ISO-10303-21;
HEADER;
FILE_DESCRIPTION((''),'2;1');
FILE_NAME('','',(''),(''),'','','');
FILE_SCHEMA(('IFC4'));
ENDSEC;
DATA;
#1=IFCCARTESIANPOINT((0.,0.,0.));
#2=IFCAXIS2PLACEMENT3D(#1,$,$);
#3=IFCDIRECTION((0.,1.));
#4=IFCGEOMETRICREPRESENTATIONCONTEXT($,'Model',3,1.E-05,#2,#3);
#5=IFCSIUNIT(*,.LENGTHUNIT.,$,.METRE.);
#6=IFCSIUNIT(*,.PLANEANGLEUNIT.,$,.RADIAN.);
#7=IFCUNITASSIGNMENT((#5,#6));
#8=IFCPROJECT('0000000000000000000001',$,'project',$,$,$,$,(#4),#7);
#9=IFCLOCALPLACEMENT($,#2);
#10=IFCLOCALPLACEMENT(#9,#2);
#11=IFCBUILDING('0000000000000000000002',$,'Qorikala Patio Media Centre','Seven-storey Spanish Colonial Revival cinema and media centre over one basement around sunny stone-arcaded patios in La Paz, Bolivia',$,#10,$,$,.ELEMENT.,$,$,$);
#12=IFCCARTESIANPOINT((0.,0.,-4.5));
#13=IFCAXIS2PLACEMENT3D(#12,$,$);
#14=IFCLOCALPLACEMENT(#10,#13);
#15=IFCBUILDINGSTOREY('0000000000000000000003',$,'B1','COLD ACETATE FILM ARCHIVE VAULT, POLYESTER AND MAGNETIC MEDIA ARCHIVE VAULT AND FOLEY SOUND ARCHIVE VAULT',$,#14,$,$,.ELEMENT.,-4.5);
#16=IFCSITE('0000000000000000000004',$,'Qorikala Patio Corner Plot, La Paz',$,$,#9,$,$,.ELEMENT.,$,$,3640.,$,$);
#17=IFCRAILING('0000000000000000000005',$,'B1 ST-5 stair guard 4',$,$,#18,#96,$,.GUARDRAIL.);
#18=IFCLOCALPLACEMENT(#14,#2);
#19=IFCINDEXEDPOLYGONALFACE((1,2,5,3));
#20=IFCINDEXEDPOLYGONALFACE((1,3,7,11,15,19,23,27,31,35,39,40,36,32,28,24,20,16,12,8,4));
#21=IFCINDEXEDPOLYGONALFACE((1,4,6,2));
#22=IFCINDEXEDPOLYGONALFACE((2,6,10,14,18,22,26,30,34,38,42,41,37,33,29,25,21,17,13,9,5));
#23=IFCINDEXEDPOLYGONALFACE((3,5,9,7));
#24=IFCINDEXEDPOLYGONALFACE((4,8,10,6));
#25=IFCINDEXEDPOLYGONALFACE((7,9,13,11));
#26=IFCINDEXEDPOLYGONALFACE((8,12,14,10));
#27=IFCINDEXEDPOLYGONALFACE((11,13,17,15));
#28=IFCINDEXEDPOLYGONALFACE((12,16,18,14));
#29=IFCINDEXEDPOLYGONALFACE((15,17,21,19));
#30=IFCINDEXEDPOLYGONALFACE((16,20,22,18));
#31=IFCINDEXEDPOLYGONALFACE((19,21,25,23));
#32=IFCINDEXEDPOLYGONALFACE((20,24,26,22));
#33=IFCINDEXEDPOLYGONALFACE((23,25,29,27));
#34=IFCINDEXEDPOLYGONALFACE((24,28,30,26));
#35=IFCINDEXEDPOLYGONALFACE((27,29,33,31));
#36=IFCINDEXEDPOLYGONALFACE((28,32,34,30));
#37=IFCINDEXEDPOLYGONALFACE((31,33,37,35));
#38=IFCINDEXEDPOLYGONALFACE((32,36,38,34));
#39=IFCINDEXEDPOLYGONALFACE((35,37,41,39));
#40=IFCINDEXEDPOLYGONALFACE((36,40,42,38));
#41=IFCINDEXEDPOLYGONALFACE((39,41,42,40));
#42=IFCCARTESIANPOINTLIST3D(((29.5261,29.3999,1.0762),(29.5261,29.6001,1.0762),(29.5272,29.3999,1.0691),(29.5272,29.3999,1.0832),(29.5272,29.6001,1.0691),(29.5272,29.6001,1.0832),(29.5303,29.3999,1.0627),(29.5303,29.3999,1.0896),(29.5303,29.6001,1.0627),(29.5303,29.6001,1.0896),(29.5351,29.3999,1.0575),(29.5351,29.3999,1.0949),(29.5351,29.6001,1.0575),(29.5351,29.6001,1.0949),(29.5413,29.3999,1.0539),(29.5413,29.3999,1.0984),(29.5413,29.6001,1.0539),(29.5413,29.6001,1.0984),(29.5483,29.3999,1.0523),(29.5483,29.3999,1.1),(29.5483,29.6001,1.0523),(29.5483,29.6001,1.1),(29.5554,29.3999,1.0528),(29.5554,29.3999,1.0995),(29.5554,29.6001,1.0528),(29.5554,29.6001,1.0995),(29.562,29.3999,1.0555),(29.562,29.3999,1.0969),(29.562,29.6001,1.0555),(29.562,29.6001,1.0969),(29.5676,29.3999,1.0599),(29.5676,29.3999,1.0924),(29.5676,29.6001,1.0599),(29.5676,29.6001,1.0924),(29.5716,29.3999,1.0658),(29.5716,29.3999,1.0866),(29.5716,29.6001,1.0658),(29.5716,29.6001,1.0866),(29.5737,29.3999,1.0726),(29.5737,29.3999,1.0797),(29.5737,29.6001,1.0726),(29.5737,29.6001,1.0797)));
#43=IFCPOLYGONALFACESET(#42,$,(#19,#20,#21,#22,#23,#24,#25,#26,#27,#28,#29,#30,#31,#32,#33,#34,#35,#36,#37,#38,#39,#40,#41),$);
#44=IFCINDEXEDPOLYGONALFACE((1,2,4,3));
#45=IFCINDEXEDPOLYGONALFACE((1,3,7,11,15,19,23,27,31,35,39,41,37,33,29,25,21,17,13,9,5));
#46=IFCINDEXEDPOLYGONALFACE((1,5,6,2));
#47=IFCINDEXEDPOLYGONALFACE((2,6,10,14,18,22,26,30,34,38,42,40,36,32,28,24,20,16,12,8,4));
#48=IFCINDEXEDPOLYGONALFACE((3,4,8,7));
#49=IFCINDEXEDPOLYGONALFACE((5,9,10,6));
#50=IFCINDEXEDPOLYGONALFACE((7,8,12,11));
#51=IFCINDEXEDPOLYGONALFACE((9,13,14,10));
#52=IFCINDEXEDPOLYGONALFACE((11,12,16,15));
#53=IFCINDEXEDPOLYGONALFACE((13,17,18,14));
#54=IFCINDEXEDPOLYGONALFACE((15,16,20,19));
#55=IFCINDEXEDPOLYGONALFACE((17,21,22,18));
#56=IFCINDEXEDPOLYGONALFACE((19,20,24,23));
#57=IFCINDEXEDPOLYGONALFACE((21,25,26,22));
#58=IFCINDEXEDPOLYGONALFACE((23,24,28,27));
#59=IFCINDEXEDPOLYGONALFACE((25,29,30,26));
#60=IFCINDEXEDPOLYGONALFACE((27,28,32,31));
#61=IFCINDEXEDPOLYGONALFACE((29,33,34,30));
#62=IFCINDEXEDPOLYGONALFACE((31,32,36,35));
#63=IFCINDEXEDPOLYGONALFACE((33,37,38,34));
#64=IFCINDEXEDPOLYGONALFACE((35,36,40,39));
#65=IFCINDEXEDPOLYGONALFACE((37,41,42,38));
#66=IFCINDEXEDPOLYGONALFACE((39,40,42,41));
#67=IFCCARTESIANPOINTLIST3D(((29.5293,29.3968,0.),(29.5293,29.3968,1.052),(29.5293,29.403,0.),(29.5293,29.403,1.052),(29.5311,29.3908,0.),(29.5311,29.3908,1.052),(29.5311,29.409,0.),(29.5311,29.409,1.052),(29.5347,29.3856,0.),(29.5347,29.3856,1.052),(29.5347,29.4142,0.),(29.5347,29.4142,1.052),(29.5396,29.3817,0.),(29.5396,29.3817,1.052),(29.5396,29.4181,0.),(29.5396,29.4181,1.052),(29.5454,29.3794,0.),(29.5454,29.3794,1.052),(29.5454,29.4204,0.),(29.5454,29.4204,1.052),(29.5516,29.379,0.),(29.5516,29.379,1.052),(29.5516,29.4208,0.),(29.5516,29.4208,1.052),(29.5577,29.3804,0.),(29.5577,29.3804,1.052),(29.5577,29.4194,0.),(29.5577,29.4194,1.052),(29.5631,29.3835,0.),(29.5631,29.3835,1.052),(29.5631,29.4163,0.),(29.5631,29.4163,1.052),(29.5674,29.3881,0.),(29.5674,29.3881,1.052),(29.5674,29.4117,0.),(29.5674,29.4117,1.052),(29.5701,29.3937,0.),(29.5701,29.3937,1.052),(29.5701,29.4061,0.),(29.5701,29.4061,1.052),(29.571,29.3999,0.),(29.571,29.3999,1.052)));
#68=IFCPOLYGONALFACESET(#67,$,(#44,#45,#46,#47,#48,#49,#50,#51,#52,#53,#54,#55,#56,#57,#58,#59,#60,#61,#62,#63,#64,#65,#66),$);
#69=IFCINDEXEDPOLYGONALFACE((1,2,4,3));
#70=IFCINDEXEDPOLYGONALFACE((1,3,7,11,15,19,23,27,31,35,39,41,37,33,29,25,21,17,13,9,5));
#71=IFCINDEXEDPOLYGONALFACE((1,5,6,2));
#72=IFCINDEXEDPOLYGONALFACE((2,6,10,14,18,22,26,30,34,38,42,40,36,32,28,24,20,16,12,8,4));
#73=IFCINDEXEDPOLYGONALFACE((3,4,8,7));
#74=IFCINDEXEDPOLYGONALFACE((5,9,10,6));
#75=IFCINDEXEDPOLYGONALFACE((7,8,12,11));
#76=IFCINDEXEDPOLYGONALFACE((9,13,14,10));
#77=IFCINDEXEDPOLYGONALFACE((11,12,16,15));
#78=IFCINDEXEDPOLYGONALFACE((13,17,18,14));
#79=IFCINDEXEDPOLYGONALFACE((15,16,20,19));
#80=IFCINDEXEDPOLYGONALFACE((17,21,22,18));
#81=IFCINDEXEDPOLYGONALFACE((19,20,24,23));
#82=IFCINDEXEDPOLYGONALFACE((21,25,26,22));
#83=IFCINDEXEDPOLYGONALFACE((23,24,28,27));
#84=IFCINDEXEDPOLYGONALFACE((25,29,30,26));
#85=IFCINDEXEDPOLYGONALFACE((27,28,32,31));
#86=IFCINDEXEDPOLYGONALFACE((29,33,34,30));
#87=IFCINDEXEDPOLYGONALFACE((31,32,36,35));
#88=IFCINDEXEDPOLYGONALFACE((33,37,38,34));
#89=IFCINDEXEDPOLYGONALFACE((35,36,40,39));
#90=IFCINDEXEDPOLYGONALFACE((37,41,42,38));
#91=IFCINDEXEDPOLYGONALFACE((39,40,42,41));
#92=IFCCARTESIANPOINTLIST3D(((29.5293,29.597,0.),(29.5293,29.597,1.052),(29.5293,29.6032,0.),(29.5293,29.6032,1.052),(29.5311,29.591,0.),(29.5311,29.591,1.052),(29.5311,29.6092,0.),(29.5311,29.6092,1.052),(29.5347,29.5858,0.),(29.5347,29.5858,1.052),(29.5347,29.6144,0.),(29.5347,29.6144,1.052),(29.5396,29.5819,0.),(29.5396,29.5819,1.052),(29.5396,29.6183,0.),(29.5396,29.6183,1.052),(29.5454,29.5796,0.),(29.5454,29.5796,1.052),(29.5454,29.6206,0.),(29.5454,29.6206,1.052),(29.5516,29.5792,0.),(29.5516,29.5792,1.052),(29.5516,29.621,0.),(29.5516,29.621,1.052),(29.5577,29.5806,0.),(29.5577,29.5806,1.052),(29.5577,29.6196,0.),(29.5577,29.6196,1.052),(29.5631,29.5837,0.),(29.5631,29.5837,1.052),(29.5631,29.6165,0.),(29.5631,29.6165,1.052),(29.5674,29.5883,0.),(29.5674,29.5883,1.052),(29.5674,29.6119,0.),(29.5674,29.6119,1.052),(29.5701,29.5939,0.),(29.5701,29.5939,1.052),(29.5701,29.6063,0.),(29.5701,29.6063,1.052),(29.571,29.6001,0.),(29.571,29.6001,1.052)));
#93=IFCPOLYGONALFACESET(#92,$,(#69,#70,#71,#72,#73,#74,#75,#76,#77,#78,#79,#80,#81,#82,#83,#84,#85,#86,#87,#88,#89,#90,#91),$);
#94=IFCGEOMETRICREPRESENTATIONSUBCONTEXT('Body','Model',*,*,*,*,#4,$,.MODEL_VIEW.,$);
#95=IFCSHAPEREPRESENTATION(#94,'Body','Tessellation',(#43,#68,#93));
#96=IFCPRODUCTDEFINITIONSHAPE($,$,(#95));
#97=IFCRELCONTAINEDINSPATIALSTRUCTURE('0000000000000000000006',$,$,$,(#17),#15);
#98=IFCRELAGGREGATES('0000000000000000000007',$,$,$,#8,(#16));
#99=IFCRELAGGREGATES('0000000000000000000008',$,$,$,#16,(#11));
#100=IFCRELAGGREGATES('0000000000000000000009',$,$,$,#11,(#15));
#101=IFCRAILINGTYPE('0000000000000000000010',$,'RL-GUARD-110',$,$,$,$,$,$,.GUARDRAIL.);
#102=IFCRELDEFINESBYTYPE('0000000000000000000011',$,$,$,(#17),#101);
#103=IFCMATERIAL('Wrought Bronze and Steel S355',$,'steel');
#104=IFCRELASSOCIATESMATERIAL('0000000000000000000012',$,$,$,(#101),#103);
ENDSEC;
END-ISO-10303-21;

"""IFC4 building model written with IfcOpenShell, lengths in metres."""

from ifc_helpers import new_model, si_unit, direction, frame, origin, origin_2d, place, context, subcontext, project, spatial, circle, extrude, material, type_object, element, save


model = new_model("IFC4")

# Units and contexts
model_context = context("Model", 3, precision=1e-05, world=origin(), true_north=direction((0.0, 1.0)))
body_context = subcontext(model_context, "Body", "Model", "MODEL_VIEW")
ifc_project = project(units=[si_unit("LENGTHUNIT", "METRE"), si_unit("PLANEANGLEUNIT", "RADIAN")], contexts=[model_context])

# Site, building, storey
site_placement = place(None, origin())
site = spatial("IfcSite", under=ifc_project, at=site_placement, Name="Qorikala Patio Corner Plot, La Paz", CompositionType="ELEMENT", RefElevation=3640.0)
building_placement = place(site_placement, origin())
building = spatial("IfcBuilding", under=site, at=building_placement, Name="Qorikala Patio Media Centre", Description="Seven-storey Spanish Colonial Revival cinema and media centre over one basement around sunny stone-arcaded patios in La Paz, Bolivia", CompositionType="ELEMENT")
storey_placement = place(building_placement, frame((0.0, 0.0, -4.5)))
storey = spatial("IfcBuildingStorey", under=building, at=storey_placement, Name="B1", Description="COLD ACETATE FILM ARCHIVE VAULT, POLYESTER AND MAGNETIC MEDIA ARCHIVE VAULT AND FOLEY SOUND ARCHIVE VAULT", CompositionType="ELEMENT", Elevation=-4.5)

# Railing
ifc_material_1 = material(Name="Wrought Bronze and Steel S355", Category="steel")
railing_type_1 = type_object("IfcRailingType", Name="RL-GUARD-110", PredefinedType="GUARDRAIL", material=ifc_material_1)
railing_1_placement = place(storey_placement, frame((29.55, 29.3999, 0.0)))
element("IfcRailing", 1, at=railing_1_placement, inside=storey, type_object=railing_type_1, Name="B1 ST-5 stair guard 4", PredefinedType="GUARDRAIL", context=body_context, shape_type="SweptSolid", body=[
    extrude(circle(Radius=0.0239, at=origin_2d()), frame((0.0, 0.0, 1.0762), z_axis=(0.0, 1.0, 0.0), x_axis=(-1.0, 0.0, 0.0)), (0.0, 0.0, 1.0), 0.2002),
    extrude(circle(Radius=0.021, at=origin_2d()), origin(), (0.0, 0.0, 1.0), 1.052),
    extrude(circle(Radius=0.021, at=origin_2d()), frame((0.0, 0.2002, 0.0)), (0.0, 0.0, 1.0), 1.052),
])

save(model, "model.ifc")
